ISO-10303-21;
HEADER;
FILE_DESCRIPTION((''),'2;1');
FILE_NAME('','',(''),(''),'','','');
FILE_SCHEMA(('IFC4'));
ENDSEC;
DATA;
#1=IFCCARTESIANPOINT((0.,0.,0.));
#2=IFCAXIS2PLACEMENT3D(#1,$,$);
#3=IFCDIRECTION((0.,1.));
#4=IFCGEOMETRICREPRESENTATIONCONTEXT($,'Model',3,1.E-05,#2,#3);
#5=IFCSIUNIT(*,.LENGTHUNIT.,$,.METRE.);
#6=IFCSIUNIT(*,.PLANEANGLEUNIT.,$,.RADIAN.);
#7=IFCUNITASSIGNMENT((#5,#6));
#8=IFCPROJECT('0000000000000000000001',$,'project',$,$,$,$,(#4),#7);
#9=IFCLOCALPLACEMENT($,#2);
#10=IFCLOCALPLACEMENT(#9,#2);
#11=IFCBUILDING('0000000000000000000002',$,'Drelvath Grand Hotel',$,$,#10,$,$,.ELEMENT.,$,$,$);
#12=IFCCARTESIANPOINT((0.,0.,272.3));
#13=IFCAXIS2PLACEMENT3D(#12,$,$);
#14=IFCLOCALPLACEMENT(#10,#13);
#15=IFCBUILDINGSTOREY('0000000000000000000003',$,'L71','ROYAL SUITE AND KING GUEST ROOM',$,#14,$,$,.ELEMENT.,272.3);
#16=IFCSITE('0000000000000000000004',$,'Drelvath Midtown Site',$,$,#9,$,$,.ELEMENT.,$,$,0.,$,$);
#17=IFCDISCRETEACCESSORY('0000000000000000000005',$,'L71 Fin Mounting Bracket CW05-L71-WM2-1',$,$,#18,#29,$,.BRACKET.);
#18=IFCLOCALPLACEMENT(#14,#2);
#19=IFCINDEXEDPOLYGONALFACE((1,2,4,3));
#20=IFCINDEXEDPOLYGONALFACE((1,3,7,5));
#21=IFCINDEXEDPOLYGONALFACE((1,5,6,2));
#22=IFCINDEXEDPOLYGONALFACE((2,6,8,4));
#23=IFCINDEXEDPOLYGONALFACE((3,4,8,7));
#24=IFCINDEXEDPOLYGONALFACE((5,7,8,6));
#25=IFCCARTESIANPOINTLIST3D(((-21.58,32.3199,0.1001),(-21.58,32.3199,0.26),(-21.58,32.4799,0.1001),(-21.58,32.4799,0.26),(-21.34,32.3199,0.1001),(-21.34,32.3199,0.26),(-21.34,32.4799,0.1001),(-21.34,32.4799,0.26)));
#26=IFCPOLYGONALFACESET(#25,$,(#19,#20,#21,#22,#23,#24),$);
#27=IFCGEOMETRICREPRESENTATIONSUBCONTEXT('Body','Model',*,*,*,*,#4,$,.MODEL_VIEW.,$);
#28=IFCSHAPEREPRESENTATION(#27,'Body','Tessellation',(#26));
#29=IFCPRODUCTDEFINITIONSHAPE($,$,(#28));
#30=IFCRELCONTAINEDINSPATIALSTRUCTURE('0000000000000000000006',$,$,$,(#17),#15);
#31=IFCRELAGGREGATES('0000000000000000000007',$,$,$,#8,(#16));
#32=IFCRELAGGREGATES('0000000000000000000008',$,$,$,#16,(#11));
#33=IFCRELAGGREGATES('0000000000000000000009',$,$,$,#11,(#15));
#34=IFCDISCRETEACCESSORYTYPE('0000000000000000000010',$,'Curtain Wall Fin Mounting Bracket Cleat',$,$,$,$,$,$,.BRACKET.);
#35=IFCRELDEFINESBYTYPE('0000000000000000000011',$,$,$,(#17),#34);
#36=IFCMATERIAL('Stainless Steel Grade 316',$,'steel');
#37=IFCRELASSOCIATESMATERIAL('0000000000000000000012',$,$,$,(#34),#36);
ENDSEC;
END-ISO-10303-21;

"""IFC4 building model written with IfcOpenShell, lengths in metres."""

from ifc_helpers import new_model, si_unit, direction, frame, origin, origin_2d, place, context, subcontext, project, spatial, rectangle, extrude, material, type_object, element, save


model = new_model("IFC4")

# Units and contexts
model_context = context("Model", 3, precision=1e-05, world=origin(), true_north=direction((0.0, 1.0)))
body_context = subcontext(model_context, "Body", "Model", "MODEL_VIEW")
ifc_project = project(units=[si_unit("LENGTHUNIT", "METRE"), si_unit("PLANEANGLEUNIT", "RADIAN")], contexts=[model_context])

# Site, building, storey
site_placement = place(None, origin())
site = spatial("IfcSite", under=ifc_project, at=site_placement, Name="Drelvath Midtown Site", CompositionType="ELEMENT", RefElevation=0.0)
building_placement = place(site_placement, origin())
building = spatial("IfcBuilding", under=site, at=building_placement, Name="Drelvath Grand Hotel", CompositionType="ELEMENT")
storey_placement = place(building_placement, frame((0.0, 0.0, 272.3)))
storey = spatial("IfcBuildingStorey", under=building, at=storey_placement, Name="L71", Description="ROYAL SUITE AND KING GUEST ROOM", CompositionType="ELEMENT", Elevation=272.3)

# Discrete accessory
ifc_material_1 = material(Name="Stainless Steel Grade 316", Category="steel")
discrete_accessory_type = type_object("IfcDiscreteAccessoryType", Name="Curtain Wall Fin Mounting Bracket Cleat", PredefinedType="BRACKET", material=ifc_material_1)
discrete_accessory_placement = place(storey_placement, frame((-21.46, 32.3999, 0.1001), z_axis=(0.0, 0.0, 1.0), x_axis=(0.0, 1.0, 0.0)))
element("IfcDiscreteAccessory", 1, at=discrete_accessory_placement, inside=storey, type_object=discrete_accessory_type, Name="L71 Fin Mounting Bracket CW05-L71-WM2-1", PredefinedType="BRACKET", context=body_context, shape_type="SweptSolid", body=[
    extrude(rectangle(XDim=0.1599, YDim=0.24, at=origin_2d()), origin(), (0.0, 0.0, 1.0), 0.1599),
])

save(model, "model.ifc")
